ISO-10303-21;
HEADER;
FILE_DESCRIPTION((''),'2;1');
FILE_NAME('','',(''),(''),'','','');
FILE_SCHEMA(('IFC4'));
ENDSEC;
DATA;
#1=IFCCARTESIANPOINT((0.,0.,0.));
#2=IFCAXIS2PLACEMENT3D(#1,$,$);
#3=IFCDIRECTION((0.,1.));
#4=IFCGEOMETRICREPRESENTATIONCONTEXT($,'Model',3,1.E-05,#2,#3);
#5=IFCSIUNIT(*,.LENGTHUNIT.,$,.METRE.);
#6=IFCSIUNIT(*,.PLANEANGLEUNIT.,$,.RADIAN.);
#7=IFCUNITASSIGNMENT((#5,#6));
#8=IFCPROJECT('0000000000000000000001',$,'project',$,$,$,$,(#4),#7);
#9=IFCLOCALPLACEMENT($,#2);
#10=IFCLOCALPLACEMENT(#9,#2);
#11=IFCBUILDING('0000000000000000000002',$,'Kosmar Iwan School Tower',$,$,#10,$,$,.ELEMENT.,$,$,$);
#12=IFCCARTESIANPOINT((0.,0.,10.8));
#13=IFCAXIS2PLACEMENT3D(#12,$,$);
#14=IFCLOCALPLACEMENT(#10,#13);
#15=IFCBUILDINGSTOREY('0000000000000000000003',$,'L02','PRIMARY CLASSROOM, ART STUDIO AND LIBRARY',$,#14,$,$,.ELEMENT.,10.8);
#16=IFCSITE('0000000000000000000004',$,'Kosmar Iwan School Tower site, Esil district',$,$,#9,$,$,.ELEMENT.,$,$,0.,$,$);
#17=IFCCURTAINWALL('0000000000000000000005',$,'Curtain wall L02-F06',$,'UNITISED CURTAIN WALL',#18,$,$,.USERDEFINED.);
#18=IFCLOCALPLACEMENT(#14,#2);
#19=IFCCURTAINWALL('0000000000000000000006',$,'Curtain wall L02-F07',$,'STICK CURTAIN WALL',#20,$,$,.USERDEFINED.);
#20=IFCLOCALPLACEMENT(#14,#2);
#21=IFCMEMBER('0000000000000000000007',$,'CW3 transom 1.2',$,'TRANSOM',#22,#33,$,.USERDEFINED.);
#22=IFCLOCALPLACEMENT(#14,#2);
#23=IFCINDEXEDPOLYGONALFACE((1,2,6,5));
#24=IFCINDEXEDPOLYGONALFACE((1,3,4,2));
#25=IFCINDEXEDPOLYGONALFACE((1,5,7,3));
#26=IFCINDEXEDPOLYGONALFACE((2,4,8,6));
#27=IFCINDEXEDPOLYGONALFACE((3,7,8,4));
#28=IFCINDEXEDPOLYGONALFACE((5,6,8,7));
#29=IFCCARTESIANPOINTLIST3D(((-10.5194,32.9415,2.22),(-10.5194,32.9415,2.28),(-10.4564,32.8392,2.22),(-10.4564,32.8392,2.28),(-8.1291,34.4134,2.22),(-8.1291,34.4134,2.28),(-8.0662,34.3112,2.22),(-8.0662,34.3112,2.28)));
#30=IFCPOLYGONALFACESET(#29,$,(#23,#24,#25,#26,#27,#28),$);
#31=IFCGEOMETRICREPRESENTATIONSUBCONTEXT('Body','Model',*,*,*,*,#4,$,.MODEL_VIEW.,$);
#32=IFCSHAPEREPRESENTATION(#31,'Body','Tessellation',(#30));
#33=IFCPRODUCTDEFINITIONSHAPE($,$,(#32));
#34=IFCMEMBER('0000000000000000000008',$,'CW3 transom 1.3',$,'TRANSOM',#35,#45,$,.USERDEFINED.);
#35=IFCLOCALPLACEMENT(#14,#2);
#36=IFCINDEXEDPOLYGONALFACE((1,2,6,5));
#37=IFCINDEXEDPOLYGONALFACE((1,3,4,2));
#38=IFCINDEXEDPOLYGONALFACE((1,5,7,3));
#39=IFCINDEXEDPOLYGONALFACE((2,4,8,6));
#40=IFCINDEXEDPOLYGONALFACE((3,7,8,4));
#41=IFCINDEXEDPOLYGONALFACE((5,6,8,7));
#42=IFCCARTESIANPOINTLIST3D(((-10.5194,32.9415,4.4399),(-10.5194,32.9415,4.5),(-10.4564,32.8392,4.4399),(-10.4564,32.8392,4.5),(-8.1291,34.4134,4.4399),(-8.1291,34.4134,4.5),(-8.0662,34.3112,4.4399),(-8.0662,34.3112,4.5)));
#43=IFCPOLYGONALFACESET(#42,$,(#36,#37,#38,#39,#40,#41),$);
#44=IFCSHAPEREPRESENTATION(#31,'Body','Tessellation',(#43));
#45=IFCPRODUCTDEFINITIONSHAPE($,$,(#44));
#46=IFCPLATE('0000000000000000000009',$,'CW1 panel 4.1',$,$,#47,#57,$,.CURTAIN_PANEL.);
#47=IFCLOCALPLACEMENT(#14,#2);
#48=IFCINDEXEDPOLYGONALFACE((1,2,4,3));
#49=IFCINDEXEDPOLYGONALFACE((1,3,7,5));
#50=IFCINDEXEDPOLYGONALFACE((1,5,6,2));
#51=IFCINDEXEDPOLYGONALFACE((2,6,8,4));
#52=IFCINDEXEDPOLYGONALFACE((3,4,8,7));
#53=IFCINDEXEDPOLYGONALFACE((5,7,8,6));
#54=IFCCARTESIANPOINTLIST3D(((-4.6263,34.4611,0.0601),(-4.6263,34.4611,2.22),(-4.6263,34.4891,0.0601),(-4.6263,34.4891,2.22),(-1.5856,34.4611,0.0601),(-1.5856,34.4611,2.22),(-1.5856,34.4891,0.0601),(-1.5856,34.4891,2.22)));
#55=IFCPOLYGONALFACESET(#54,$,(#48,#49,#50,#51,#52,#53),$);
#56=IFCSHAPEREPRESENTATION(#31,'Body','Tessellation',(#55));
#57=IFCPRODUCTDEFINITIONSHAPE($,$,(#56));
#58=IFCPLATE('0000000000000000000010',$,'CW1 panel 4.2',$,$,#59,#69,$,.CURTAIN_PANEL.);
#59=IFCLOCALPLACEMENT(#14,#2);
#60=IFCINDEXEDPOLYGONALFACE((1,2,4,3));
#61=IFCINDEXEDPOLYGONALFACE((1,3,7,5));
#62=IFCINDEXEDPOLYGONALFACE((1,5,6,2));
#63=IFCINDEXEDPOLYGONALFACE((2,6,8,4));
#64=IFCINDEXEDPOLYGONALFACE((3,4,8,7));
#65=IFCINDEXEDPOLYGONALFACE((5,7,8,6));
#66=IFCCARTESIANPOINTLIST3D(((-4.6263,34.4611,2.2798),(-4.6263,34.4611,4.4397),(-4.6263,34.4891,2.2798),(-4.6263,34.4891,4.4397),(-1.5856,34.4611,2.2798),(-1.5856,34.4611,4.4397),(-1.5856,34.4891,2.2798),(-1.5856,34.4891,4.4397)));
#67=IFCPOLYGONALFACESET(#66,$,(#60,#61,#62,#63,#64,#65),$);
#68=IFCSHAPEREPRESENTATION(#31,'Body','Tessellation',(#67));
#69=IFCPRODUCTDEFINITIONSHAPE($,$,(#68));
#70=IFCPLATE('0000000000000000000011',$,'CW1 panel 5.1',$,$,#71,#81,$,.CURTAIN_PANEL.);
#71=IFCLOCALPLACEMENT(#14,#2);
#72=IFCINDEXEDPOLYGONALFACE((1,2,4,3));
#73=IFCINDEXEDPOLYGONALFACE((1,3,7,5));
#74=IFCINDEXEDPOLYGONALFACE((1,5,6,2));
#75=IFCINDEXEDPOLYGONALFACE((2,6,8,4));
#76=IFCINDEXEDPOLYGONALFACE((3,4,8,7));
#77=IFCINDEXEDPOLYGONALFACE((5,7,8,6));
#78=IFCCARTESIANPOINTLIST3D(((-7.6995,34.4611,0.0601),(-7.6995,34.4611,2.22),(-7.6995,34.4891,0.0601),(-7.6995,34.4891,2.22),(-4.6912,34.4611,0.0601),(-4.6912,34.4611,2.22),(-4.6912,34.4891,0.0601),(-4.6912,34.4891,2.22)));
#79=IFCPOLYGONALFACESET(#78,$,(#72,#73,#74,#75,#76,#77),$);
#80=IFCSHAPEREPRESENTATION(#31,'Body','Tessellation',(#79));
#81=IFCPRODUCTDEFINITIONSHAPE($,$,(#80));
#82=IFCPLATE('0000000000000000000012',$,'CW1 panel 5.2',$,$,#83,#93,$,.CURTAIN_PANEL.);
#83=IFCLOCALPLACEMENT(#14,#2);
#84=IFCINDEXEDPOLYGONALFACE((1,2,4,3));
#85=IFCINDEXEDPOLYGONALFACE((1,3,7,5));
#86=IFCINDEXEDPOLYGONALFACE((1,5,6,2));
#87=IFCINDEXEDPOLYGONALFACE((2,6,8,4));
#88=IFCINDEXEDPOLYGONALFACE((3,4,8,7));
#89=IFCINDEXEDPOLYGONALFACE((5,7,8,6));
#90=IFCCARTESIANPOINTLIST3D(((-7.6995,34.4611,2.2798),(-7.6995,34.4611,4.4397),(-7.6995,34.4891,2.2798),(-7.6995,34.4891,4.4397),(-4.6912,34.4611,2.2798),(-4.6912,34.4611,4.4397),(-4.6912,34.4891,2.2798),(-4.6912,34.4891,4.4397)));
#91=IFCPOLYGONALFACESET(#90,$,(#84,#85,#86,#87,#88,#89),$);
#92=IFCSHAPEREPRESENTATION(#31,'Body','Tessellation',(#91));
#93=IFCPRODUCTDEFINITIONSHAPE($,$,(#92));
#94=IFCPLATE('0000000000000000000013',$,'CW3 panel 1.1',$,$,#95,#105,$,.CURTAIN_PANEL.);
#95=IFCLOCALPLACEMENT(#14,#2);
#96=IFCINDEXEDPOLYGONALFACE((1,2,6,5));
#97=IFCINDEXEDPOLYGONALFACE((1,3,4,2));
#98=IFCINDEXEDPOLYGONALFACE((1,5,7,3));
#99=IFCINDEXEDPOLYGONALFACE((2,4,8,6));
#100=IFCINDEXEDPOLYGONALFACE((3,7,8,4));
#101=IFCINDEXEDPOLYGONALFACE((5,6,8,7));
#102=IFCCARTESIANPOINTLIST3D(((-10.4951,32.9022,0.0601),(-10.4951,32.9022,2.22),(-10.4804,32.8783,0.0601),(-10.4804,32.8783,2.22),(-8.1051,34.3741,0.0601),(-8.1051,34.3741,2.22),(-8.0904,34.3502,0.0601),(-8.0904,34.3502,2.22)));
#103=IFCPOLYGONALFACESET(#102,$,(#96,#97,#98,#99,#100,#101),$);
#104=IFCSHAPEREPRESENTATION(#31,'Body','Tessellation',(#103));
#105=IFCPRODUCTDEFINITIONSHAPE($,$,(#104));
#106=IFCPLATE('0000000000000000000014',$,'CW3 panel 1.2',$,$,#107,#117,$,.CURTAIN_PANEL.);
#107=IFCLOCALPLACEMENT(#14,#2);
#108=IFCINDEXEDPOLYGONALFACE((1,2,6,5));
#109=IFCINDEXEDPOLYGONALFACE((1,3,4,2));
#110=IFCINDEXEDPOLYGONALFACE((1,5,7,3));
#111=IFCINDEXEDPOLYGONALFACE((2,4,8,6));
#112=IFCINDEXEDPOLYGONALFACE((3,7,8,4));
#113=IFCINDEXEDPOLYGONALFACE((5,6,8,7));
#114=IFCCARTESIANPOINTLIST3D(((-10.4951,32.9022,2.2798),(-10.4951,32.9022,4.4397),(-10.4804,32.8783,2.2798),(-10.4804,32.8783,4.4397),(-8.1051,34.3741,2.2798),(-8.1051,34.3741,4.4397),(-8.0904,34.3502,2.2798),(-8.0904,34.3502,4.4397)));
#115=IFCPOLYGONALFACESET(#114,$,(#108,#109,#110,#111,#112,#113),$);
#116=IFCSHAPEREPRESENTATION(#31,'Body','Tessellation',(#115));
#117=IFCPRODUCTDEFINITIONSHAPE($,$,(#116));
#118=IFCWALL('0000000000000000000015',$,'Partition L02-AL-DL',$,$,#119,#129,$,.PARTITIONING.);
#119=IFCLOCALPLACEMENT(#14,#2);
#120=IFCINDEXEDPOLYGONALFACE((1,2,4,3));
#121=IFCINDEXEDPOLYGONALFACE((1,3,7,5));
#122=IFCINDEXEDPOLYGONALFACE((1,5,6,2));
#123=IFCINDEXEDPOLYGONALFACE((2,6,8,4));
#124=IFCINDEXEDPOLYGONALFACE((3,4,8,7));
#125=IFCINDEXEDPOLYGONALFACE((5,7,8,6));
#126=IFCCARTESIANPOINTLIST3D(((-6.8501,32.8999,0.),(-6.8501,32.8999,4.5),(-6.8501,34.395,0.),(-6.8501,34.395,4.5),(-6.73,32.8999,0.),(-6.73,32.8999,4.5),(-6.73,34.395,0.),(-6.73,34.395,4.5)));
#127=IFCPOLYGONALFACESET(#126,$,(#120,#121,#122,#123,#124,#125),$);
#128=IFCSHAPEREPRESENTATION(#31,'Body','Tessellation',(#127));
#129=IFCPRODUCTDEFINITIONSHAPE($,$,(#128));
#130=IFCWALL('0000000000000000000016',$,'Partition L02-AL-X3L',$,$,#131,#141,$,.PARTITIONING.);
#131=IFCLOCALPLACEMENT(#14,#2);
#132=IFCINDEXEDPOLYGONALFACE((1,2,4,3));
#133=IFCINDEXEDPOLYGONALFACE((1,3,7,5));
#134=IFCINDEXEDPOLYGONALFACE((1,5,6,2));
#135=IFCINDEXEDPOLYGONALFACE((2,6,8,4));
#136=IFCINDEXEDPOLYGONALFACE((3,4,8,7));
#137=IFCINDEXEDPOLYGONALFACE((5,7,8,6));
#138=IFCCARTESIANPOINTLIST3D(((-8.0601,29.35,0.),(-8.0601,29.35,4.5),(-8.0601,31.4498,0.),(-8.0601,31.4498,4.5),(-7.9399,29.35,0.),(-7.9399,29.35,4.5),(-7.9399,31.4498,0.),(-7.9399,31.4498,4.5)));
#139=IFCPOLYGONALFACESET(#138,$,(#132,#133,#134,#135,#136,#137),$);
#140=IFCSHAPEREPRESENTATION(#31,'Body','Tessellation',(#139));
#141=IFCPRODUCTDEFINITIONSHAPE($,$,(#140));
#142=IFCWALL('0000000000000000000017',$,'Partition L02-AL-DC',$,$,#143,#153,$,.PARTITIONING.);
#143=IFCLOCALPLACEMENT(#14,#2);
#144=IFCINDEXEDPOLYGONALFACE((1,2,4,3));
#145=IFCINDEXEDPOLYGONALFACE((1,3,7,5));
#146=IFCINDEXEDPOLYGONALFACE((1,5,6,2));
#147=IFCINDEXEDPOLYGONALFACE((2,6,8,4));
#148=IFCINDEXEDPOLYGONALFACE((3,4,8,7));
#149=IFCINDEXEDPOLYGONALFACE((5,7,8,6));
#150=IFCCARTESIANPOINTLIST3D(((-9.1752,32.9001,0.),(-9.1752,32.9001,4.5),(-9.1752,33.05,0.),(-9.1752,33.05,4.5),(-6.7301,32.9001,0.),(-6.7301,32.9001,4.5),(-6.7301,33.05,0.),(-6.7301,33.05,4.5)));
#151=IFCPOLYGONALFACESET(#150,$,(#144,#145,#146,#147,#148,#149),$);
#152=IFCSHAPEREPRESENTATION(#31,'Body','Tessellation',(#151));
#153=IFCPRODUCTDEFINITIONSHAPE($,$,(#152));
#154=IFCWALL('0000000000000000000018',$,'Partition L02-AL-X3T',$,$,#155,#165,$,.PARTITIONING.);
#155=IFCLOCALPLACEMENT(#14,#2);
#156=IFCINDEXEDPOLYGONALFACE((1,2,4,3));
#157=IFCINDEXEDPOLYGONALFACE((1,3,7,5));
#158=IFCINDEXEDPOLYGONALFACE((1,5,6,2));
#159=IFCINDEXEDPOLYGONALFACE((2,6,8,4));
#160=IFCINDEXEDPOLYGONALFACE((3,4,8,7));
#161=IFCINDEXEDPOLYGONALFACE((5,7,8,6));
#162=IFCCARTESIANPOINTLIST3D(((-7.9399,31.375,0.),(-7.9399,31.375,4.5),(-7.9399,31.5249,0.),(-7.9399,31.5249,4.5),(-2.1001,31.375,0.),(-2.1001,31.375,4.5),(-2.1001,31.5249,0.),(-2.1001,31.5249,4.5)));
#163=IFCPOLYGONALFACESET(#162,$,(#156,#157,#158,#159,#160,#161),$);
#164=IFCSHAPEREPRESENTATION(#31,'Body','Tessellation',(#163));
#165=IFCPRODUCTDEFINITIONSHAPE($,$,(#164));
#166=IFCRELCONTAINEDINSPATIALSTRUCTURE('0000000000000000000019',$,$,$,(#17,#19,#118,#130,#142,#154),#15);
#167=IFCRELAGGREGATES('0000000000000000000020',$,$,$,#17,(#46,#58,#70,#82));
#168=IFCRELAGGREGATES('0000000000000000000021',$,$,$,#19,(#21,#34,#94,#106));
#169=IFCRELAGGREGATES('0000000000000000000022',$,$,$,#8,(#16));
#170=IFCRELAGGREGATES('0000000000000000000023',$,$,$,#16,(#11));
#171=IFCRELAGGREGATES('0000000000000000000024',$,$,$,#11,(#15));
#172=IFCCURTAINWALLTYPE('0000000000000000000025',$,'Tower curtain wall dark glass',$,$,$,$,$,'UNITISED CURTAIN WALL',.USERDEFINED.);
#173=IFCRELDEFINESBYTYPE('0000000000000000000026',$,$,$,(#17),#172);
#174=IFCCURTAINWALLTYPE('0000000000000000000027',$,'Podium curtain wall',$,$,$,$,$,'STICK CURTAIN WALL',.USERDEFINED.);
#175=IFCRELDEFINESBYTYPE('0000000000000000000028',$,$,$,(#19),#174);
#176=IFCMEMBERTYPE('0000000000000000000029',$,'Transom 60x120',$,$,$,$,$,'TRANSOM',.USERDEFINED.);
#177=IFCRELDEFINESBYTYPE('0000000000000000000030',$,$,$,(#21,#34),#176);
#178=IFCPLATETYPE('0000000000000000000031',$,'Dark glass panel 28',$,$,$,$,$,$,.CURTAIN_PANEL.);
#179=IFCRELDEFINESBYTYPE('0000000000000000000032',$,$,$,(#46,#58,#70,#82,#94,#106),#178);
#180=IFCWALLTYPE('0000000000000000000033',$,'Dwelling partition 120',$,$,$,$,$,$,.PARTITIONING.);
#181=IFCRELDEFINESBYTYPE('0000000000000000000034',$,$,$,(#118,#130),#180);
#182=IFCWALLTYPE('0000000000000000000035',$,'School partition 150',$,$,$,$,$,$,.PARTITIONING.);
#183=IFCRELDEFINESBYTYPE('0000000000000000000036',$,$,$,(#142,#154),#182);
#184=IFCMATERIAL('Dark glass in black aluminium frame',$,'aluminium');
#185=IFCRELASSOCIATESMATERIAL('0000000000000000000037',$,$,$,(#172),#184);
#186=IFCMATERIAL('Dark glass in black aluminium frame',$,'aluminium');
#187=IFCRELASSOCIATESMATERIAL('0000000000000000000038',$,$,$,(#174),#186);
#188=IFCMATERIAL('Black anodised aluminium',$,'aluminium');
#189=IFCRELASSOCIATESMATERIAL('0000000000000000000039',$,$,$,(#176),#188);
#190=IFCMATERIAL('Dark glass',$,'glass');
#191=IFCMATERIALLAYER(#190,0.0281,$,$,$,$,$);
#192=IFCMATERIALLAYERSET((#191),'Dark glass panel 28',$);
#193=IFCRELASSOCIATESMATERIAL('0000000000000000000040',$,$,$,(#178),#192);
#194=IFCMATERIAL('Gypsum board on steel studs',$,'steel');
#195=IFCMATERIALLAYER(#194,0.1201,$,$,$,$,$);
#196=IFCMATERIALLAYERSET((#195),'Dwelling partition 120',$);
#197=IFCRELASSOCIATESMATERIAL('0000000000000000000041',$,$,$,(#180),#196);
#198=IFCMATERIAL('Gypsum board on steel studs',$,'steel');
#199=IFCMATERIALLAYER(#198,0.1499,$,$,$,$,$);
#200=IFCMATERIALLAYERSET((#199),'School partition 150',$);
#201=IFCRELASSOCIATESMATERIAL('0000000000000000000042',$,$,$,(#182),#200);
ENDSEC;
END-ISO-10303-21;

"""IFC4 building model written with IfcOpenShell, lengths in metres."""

from ifc_helpers import new_model, si_unit, direction, frame, frame_2d, origin, origin_2d, place, context, subcontext, project, spatial, rectangle, extrude, material, layer, layer_set, material_profile, profile_set, type_object, element, aggregate, save


model = new_model("IFC4")

# Units and contexts
model_context = context("Model", 3, precision=1e-05, world=origin(), true_north=direction((0.0, 1.0)))
body_context = subcontext(model_context, "Body", "Model", "MODEL_VIEW")
ifc_project = project(units=[si_unit("LENGTHUNIT", "METRE"), si_unit("PLANEANGLEUNIT", "RADIAN")], contexts=[model_context])

# Site, building, storey
site_placement = place(None, origin())
site = spatial("IfcSite", under=ifc_project, at=site_placement, Name="Kosmar Iwan School Tower site, Esil district", CompositionType="ELEMENT", RefElevation=0.0)
building_placement = place(site_placement, origin())
building = spatial("IfcBuilding", under=site, at=building_placement, Name="Kosmar Iwan School Tower", CompositionType="ELEMENT")
storey_placement = place(building_placement, frame((0.0, 0.0, 10.8)))
storey = spatial("IfcBuildingStorey", under=building, at=storey_placement, Name="L02", Description="PRIMARY CLASSROOM, ART STUDIO AND LIBRARY", CompositionType="ELEMENT", Elevation=10.8)

# Curtain wall
ifc_material_1 = material(Name="Dark glass in black aluminium frame", Category="aluminium")
curtain_wall_type_1 = type_object("IfcCurtainWallType", Name="Tower curtain wall dark glass", ElementType="UNITISED CURTAIN WALL", PredefinedType="USERDEFINED", material=ifc_material_1)
curtain_wall_1_placement = place(storey_placement, origin())
curtain_wall_1 = element("IfcCurtainWall", 1, at=curtain_wall_1_placement, inside=storey, type_object=curtain_wall_type_1, Name="Curtain wall L02-F06", ObjectType="UNITISED CURTAIN WALL", PredefinedType="USERDEFINED")

# Curtain wall
ifc_material_2 = material(Name="Dark glass in black aluminium frame", Category="aluminium")
curtain_wall_type_2 = type_object("IfcCurtainWallType", Name="Podium curtain wall", ElementType="STICK CURTAIN WALL", PredefinedType="USERDEFINED", material=ifc_material_2)
curtain_wall_2_placement = place(storey_placement, origin())
curtain_wall_2 = element("IfcCurtainWall", 2, at=curtain_wall_2_placement, inside=storey, type_object=curtain_wall_type_2, Name="Curtain wall L02-F07", ObjectType="STICK CURTAIN WALL", PredefinedType="USERDEFINED")

# Members
ifc_material_3 = material(Name="Black anodised aluminium", Category="aluminium")
ifc_material_profile_1 = material_profile(ifc_material_3, rectangle(XDim=0.1201, YDim=0.0601, at=origin_2d()), Name="TRANSOM 60x120")
ifc_profile_set_1 = profile_set([ifc_material_profile_1], Name="Black anodised aluminium")
member_type_1 = type_object("IfcMemberType", Name="Transom 60x120", ElementType="TRANSOM", PredefinedType="USERDEFINED", material=ifc_profile_set_1)
member_1_placement = place(storey_placement, frame((-8.0977, 34.3623, 2.25), z_axis=(-0.851488, -0.524374, 0.0), x_axis=(0.524374, -0.851488, 0.0)))
member_1 = element("IfcMember", 3, at=member_1_placement, type_object=member_type_1, Name="CW3 transom 1.2", ObjectType="TRANSOM", PredefinedType="USERDEFINED", context=body_context, shape_type="SweptSolid", body=[
    extrude(rectangle(XDim=0.1201, YDim=0.0601, at=origin_2d()), origin(), (0.0, 0.0, 1.0), 2.8071),
])
member_2_placement = place(storey_placement, frame((-8.0977, 34.3623, 4.47), z_axis=(-0.851488, -0.524374, 0.0), x_axis=(0.524374, -0.851488, 0.0)))
member_2 = element("IfcMember", 4, at=member_2_placement, type_object=member_type_1, Name="CW3 transom 1.3", ObjectType="TRANSOM", PredefinedType="USERDEFINED", context=body_context, shape_type="SweptSolid", body=[
    extrude(rectangle(XDim=0.1201, YDim=0.0601, at=origin_2d()), origin(), (0.0, 0.0, 1.0), 2.8071),
])

# Plates
ifc_material_4 = material(Name="Dark glass", Category="glass")
ifc_layer_1 = layer(ifc_material_4, 0.0281)
ifc_layer_set_1 = layer_set([ifc_layer_1], Name="Dark glass panel 28")
plate_type = type_object("IfcPlateType", Name="Dark glass panel 28", PredefinedType="CURTAIN_PANEL", material=ifc_layer_set_1)
plate_1_placement = place(storey_placement, frame((-3.106, 34.4751, 0.0601), z_axis=(0.0, 0.0, 1.0), x_axis=(-1.0, 0.0, 0.0)))
plate_1 = element("IfcPlate", 5, at=plate_1_placement, type_object=plate_type, Name="CW1 panel 4.1", PredefinedType="CURTAIN_PANEL", context=body_context, shape_type="SweptSolid", body=[
    extrude(rectangle(XDim=3.0408, YDim=0.0281, at=origin_2d()), origin(), (0.0, 0.0, 1.0), 2.1599),
])
plate_2_placement = place(storey_placement, frame((-3.106, 34.4751, 2.2798), z_axis=(0.0, 0.0, 1.0), x_axis=(-1.0, 0.0, 0.0)))
plate_2 = element("IfcPlate", 6, at=plate_2_placement, type_object=plate_type, Name="CW1 panel 4.2", PredefinedType="CURTAIN_PANEL", context=body_context, shape_type="SweptSolid", body=[
    extrude(rectangle(XDim=3.0408, YDim=0.0281, at=origin_2d()), origin(), (0.0, 0.0, 1.0), 2.1599),
])
plate_3_placement = place(storey_placement, frame((-6.1953, 34.4751, 0.0601), z_axis=(0.0, 0.0, 1.0), x_axis=(-1.0, 0.0, 0.0)))
plate_3 = element("IfcPlate", 7, at=plate_3_placement, type_object=plate_type, Name="CW1 panel 5.1", PredefinedType="CURTAIN_PANEL", context=body_context, shape_type="SweptSolid", body=[
    extrude(rectangle(XDim=3.0083, YDim=0.0281, at=origin_2d()), origin(), (0.0, 0.0, 1.0), 2.1599),
])
plate_4_placement = place(storey_placement, frame((-6.1953, 34.4751, 2.2798), z_axis=(0.0, 0.0, 1.0), x_axis=(-1.0, 0.0, 0.0)))
plate_4 = element("IfcPlate", 8, at=plate_4_placement, type_object=plate_type, Name="CW1 panel 5.2", PredefinedType="CURTAIN_PANEL", context=body_context, shape_type="SweptSolid", body=[
    extrude(rectangle(XDim=3.0083, YDim=0.0281, at=origin_2d()), origin(), (0.0, 0.0, 1.0), 2.1599),
])
aggregate(curtain_wall_1, [plate_1, plate_2, plate_3, plate_4])
plate_5_placement = place(storey_placement, frame((-9.2927, 33.6262, 0.0601), z_axis=(0.0, 0.0, 1.0), x_axis=(-0.851483, -0.524382, 0.0)))
plate_5 = element("IfcPlate", 9, at=plate_5_placement, type_object=plate_type, Name="CW3 panel 1.1", PredefinedType="CURTAIN_PANEL", context=body_context, shape_type="SweptSolid", body=[
    extrude(rectangle(XDim=2.8069, YDim=0.0281, at=origin_2d()), origin(), (0.0, 0.0, 1.0), 2.1599),
])
plate_6_placement = place(storey_placement, frame((-9.2927, 33.6262, 2.2798), z_axis=(0.0, 0.0, 1.0), x_axis=(-0.851483, -0.524382, 0.0)))
plate_6 = element("IfcPlate", 10, at=plate_6_placement, type_object=plate_type, Name="CW3 panel 1.2", PredefinedType="CURTAIN_PANEL", context=body_context, shape_type="SweptSolid", body=[
    extrude(rectangle(XDim=2.8069, YDim=0.0281, at=origin_2d()), origin(), (0.0, 0.0, 1.0), 2.1599),
])
aggregate(curtain_wall_2, [member_1, member_2, plate_5, plate_6])

# Walls
ifc_material_5 = material(Name="Gypsum board on steel studs", Category="steel")
ifc_layer_2 = layer(ifc_material_5, 0.1201)
ifc_layer_set_2 = layer_set([ifc_layer_2], Name="Dwelling partition 120")
wall_type_1 = type_object("IfcWallType", Name="Dwelling partition 120", PredefinedType="PARTITIONING", material=ifc_layer_set_2)
wall_1_placement = place(storey_placement, frame((-6.79, 32.8999, 0.0), z_axis=(0.0, 0.0, 1.0), x_axis=(0.0, 1.0, 0.0)))
element("IfcWall", 11, at=wall_1_placement, inside=storey, type_object=wall_type_1, Name="Partition L02-AL-DL", PredefinedType="PARTITIONING", context=body_context, shape_type="SweptSolid", body=[
    extrude(rectangle(XDim=1.4951, YDim=0.1201, at=frame_2d((0.7476, 0.0))), origin(), (0.0, 0.0, 1.0), 4.5),
])
wall_2_placement = place(storey_placement, frame((-8.0, 29.3501, 0.0), z_axis=(0.0, 0.0, 1.0), x_axis=(0.0, 1.0, 0.0)))
element("IfcWall", 12, at=wall_2_placement, inside=storey, type_object=wall_type_1, Name="Partition L02-AL-X3L", PredefinedType="PARTITIONING", context=body_context, shape_type="SweptSolid", body=[
    extrude(rectangle(XDim=2.0999, YDim=0.1201, at=frame_2d((1.0498, 0.0))), origin(), (0.0, 0.0, 1.0), 4.5),
])
ifc_material_6 = material(Name="Gypsum board on steel studs", Category="steel")
ifc_layer_3 = layer(ifc_material_6, 0.1499)
ifc_layer_set_3 = layer_set([ifc_layer_3], Name="School partition 150")
wall_type_2 = type_object("IfcWallType", Name="School partition 150", PredefinedType="PARTITIONING", material=ifc_layer_set_3)
wall_3_placement = place(storey_placement, frame((-6.73, 32.9751, 0.0), z_axis=(0.0, 0.0, 1.0), x_axis=(-1.0, 0.0, 0.0)))
element("IfcWall", 13, at=wall_3_placement, inside=storey, type_object=wall_type_2, Name="Partition L02-AL-DC", PredefinedType="PARTITIONING", context=body_context, shape_type="SweptSolid", body=[
    extrude(rectangle(XDim=2.4451, YDim=0.1499, at=frame_2d((1.2227, 0.0))), origin(), (0.0, 0.0, 1.0), 4.5),
])
wall_4_placement = place(storey_placement, frame((-2.1001, 31.45, 0.0), z_axis=(0.0, 0.0, 1.0), x_axis=(-1.0, 0.0, 0.0)))
element("IfcWall", 14, at=wall_4_placement, inside=storey, type_object=wall_type_2, Name="Partition L02-AL-X3T", PredefinedType="PARTITIONING", context=body_context, shape_type="SweptSolid", body=[
    extrude(rectangle(XDim=5.8398, YDim=0.1499, at=frame_2d((2.9199, 0.0))), origin(), (0.0, 0.0, 1.0), 4.5),
])

save(model, "model.ifc")
